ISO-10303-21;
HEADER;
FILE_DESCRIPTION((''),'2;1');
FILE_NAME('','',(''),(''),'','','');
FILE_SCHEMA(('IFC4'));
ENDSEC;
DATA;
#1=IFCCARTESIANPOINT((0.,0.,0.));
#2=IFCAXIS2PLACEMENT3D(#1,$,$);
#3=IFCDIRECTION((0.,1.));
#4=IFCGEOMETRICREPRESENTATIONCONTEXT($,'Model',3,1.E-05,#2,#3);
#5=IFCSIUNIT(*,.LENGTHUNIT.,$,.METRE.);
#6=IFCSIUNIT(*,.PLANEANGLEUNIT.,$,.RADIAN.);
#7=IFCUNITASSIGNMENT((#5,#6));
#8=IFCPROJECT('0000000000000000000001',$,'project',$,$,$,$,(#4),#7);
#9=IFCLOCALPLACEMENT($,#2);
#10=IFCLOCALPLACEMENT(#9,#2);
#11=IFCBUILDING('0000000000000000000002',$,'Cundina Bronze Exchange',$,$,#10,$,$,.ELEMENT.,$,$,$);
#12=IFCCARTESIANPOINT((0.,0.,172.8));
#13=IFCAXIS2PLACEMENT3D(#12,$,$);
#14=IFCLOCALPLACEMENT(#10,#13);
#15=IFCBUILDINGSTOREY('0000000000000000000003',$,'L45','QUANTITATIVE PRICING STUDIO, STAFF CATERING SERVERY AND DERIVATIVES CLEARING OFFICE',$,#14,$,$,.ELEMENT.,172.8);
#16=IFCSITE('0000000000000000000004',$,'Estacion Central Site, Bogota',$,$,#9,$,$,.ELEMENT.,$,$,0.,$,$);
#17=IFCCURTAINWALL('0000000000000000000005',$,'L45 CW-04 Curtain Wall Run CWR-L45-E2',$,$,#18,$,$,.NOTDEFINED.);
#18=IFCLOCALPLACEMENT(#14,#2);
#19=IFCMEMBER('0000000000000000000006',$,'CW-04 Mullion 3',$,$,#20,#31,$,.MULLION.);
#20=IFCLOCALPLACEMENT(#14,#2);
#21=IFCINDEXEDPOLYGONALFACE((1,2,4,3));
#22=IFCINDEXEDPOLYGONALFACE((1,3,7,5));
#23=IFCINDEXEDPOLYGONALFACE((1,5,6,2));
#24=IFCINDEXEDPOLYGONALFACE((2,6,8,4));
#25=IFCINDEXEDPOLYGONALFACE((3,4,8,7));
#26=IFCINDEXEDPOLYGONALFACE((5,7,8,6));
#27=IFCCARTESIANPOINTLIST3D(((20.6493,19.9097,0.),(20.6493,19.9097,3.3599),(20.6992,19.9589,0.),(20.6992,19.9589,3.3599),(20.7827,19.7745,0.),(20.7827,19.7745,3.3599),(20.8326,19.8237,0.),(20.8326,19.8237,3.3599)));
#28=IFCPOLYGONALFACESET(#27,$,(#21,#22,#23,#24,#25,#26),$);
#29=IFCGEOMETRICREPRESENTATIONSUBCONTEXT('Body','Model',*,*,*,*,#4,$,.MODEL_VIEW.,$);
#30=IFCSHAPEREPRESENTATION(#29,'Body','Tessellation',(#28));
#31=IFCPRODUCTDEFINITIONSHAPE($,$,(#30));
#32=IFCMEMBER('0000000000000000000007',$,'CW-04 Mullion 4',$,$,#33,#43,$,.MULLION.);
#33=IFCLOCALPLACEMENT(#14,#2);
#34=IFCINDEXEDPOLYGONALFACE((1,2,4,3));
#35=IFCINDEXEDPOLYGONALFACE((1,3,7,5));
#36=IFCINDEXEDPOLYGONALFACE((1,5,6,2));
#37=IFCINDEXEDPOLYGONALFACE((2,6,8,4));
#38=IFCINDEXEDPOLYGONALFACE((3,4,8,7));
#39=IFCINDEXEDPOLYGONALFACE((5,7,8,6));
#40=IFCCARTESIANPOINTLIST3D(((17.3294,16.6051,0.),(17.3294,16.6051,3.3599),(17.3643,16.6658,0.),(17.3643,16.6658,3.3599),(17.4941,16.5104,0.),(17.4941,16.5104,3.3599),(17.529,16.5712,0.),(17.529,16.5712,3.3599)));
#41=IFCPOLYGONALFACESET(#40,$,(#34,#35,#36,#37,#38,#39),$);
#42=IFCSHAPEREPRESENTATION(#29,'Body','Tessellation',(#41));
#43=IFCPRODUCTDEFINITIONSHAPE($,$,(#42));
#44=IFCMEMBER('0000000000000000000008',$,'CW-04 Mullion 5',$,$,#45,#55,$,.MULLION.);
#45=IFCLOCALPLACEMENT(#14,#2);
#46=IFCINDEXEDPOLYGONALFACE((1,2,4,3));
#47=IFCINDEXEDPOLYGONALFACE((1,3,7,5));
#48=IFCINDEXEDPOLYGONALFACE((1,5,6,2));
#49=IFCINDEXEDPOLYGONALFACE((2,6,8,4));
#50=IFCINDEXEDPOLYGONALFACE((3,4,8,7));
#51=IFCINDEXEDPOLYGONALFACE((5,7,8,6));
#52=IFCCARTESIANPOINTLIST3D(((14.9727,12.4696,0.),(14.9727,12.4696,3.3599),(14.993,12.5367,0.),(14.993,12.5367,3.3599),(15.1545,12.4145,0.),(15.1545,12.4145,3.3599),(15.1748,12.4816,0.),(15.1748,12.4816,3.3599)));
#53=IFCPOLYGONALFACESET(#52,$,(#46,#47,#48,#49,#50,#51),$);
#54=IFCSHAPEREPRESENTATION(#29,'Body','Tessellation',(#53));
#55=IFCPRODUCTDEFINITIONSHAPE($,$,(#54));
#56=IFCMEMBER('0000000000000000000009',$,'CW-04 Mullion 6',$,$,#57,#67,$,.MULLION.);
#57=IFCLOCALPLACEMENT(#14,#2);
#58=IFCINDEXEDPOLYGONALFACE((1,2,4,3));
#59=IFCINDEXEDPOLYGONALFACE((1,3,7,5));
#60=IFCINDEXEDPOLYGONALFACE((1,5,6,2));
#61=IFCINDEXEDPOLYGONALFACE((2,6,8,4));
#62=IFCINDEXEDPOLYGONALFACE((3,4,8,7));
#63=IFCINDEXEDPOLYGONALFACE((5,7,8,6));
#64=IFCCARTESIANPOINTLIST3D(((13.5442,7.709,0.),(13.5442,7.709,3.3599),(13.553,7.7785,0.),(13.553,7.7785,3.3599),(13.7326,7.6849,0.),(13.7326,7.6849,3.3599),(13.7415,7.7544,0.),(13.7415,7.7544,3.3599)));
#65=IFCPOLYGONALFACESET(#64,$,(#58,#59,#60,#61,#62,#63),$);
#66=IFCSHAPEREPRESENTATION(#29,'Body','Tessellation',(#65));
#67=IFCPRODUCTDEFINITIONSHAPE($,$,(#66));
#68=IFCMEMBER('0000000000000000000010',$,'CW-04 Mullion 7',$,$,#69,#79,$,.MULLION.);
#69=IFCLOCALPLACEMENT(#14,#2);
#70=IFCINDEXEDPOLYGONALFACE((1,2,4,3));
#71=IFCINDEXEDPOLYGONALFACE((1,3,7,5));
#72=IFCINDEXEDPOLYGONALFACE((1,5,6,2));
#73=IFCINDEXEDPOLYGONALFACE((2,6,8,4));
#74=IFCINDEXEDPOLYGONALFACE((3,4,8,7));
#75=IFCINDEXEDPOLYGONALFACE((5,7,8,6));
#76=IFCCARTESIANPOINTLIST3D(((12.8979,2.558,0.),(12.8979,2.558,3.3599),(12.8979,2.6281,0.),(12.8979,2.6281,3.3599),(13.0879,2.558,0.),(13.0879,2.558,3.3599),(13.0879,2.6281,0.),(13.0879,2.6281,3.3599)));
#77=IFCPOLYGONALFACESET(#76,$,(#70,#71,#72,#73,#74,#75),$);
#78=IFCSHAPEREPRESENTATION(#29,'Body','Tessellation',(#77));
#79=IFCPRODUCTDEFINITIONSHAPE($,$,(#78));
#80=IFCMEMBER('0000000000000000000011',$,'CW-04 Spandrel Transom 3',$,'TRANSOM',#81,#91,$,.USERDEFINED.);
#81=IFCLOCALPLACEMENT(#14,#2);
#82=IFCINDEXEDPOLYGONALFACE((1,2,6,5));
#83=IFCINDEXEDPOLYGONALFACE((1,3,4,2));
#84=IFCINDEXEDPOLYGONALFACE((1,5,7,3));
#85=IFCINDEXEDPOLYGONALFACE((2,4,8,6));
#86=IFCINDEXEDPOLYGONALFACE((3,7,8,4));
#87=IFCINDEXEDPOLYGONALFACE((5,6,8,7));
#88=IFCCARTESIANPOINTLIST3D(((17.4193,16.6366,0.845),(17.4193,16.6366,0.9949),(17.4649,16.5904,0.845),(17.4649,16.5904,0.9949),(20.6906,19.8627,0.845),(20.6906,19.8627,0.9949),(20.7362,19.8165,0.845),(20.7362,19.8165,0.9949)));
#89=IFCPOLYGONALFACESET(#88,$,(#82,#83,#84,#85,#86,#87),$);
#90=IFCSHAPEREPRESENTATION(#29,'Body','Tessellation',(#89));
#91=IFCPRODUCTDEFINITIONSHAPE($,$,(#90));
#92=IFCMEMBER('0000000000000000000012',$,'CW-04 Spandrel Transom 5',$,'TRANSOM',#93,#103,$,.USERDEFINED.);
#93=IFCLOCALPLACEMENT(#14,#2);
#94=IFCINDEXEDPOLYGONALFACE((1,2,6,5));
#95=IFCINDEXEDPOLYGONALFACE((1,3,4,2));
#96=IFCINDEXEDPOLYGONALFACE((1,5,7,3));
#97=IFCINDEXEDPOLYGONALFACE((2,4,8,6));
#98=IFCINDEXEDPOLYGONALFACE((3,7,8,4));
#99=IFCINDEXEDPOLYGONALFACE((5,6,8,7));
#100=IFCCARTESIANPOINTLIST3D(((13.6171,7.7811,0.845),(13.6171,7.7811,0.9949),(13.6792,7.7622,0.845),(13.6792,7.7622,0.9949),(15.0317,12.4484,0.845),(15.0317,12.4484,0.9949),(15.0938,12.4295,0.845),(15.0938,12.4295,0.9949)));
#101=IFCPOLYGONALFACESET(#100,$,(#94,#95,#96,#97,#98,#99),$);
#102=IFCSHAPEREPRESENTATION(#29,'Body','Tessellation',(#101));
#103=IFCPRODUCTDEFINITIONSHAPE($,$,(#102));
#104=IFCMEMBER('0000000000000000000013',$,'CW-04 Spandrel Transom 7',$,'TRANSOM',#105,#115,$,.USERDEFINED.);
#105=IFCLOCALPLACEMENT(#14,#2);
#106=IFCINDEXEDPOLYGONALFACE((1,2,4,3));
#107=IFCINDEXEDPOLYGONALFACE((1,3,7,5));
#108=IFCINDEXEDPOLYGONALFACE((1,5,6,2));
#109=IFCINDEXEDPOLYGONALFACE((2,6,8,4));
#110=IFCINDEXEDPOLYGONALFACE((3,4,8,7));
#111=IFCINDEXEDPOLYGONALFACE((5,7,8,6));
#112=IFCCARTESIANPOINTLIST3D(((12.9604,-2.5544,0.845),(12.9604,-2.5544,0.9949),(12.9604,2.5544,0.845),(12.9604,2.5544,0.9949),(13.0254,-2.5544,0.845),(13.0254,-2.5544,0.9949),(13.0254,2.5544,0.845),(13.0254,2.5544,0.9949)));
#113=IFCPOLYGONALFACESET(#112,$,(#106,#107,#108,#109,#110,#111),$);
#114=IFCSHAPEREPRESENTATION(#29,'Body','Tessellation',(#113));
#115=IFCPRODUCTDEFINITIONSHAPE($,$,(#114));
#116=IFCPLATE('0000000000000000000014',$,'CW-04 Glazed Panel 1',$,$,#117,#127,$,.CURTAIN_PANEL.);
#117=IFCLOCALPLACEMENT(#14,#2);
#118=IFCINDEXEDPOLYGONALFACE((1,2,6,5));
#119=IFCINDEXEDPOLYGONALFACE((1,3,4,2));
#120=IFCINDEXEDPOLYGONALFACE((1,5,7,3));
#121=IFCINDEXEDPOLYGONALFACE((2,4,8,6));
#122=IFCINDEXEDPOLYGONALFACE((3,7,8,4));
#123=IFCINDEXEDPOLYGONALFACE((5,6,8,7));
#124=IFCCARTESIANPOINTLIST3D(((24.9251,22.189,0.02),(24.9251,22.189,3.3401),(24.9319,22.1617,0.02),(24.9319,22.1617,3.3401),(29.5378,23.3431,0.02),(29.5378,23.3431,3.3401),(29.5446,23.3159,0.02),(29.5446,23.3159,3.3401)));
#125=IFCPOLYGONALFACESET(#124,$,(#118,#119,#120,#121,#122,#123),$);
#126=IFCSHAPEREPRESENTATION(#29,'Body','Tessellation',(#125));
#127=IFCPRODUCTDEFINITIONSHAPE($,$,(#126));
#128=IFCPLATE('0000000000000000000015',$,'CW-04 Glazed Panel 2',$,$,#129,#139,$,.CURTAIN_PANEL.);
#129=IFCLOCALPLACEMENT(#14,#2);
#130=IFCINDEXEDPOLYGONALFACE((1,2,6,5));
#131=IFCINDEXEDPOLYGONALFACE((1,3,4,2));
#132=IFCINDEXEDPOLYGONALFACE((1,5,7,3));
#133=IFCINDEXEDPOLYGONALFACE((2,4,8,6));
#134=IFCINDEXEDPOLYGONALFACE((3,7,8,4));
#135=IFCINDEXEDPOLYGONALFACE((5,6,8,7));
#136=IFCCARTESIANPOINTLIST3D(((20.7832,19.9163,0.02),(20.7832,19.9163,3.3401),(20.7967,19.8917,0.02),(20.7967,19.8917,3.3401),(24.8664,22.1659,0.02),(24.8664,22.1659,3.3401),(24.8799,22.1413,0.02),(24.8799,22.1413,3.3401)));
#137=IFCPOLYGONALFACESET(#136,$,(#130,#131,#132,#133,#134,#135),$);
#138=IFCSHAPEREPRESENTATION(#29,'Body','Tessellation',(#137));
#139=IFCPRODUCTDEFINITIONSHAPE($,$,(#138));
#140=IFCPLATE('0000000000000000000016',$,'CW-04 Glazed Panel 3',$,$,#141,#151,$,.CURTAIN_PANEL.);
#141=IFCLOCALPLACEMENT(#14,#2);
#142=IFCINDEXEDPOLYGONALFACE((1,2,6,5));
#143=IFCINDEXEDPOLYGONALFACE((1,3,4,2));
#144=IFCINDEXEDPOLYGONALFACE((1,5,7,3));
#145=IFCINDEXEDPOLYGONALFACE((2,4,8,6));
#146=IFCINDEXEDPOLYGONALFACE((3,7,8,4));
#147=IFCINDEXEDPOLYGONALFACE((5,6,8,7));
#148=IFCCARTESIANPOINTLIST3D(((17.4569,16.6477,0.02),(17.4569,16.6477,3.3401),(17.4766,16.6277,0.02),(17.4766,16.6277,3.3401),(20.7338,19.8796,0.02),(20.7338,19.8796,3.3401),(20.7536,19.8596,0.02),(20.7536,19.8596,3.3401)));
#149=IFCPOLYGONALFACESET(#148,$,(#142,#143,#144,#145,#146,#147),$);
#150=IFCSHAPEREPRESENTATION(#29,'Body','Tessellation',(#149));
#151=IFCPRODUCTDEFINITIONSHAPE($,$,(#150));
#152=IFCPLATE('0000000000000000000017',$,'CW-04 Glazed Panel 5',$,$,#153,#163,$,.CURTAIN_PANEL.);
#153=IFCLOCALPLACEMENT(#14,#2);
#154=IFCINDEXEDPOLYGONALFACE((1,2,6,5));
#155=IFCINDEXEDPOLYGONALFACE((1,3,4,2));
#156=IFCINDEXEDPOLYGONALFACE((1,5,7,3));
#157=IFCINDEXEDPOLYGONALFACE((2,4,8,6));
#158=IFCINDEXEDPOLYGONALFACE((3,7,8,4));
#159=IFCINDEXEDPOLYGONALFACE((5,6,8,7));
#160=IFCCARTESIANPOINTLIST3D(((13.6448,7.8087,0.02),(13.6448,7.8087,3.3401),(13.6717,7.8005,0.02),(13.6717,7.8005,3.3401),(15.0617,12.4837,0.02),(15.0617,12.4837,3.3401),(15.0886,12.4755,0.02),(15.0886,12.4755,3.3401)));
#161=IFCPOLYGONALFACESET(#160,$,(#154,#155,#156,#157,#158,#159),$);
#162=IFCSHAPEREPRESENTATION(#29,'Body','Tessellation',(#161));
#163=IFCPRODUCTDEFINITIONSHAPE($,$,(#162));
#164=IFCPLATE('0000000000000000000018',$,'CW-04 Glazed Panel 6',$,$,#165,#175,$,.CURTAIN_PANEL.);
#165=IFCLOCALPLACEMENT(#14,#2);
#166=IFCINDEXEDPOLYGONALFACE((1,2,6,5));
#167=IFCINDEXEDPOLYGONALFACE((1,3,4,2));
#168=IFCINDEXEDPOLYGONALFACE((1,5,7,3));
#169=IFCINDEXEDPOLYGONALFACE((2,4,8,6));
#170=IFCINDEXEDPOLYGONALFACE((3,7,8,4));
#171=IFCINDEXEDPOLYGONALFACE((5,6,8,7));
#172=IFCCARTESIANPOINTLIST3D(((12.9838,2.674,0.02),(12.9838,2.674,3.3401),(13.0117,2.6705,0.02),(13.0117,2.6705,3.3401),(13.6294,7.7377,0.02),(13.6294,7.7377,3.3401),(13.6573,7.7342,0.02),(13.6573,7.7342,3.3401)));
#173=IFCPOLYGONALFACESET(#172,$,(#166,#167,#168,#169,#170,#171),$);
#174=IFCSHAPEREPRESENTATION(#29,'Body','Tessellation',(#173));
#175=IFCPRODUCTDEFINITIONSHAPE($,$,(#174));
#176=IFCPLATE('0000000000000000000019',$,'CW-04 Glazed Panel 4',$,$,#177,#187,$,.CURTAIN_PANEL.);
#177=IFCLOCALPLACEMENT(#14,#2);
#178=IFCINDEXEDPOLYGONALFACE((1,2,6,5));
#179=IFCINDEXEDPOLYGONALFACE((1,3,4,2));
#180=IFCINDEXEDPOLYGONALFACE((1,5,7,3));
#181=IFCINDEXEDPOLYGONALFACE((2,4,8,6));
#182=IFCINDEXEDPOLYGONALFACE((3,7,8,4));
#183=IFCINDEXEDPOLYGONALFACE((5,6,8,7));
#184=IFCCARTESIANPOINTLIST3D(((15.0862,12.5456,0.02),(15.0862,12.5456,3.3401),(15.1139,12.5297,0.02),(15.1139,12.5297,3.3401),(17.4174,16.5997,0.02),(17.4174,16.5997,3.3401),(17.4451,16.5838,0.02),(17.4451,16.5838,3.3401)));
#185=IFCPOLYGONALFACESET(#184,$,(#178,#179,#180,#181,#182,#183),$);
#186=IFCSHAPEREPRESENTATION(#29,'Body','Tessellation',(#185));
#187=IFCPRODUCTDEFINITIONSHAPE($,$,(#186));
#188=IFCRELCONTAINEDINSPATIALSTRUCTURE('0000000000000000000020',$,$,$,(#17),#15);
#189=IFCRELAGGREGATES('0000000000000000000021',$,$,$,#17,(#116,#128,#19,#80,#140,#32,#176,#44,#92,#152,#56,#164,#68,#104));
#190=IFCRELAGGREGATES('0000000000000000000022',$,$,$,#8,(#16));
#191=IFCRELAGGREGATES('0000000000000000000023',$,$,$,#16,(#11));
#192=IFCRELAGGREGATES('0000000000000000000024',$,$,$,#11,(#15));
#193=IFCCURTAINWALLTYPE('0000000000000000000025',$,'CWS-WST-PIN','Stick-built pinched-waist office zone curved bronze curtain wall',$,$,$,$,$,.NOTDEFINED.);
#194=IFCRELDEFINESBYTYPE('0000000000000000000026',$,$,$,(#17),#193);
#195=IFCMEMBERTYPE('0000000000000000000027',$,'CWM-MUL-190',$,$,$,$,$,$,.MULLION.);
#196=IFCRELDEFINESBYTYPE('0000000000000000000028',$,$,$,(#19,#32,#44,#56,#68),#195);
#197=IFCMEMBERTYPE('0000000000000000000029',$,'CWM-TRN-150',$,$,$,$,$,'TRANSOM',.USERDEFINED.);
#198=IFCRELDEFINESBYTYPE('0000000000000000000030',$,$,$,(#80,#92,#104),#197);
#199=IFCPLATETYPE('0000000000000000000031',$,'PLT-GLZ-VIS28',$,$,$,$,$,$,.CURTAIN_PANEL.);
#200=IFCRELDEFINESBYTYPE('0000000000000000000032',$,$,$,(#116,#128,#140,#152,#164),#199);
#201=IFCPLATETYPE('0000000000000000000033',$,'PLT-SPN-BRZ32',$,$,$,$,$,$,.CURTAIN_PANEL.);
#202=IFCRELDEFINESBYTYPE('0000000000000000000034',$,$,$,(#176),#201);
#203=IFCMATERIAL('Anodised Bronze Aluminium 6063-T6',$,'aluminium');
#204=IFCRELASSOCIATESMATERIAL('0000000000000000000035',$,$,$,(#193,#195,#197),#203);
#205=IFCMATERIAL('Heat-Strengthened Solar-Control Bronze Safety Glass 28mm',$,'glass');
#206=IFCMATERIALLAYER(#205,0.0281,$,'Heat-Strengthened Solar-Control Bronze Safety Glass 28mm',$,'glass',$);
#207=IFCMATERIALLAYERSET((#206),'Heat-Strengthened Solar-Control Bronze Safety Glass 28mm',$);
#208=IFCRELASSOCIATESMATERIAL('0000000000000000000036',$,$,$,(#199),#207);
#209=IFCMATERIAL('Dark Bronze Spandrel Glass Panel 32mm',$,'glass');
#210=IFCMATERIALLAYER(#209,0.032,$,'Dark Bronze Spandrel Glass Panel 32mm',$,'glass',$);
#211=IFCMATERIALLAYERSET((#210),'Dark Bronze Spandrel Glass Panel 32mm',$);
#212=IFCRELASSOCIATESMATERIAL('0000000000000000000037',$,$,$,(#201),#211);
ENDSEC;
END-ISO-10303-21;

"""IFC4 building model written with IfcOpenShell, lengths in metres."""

from ifc_helpers import new_model, si_unit, direction, frame, origin, origin_2d, place, context, subcontext, project, spatial, rectangle, extrude, material, layer, layer_set, material_profile, profile_set, type_object, element, aggregate, save


model = new_model("IFC4")

# Units and contexts
model_context = context("Model", 3, precision=1e-05, world=origin(), true_north=direction((0.0, 1.0)))
body_context = subcontext(model_context, "Body", "Model", "MODEL_VIEW")
ifc_project = project(units=[si_unit("LENGTHUNIT", "METRE"), si_unit("PLANEANGLEUNIT", "RADIAN")], contexts=[model_context])

# Site, building, storey
site_placement = place(None, origin())
site = spatial("IfcSite", under=ifc_project, at=site_placement, Name="Estacion Central Site, Bogota", CompositionType="ELEMENT", RefElevation=0.0)
building_placement = place(site_placement, origin())
building = spatial("IfcBuilding", under=site, at=building_placement, Name="Cundina Bronze Exchange", CompositionType="ELEMENT")
storey_placement = place(building_placement, frame((0.0, 0.0, 172.8)))
storey = spatial("IfcBuildingStorey", under=building, at=storey_placement, Name="L45", Description="QUANTITATIVE PRICING STUDIO, STAFF CATERING SERVERY AND DERIVATIVES CLEARING OFFICE", CompositionType="ELEMENT", Elevation=172.8)

# Curtain wall, members, plates
ifc_material_1 = material(Name="Anodised Bronze Aluminium 6063-T6", Category="aluminium")
curtain_wall_type = type_object("IfcCurtainWallType", Name="CWS-WST-PIN", Description="Stick-built pinched-waist office zone curved bronze curtain wall", PredefinedType="NOTDEFINED", material=ifc_material_1)
curtain_wall_placement = place(storey_placement, origin())
curtain_wall = element("IfcCurtainWall", 1, at=curtain_wall_placement, inside=storey, type_object=curtain_wall_type, Name="L45 CW-04 Curtain Wall Run CWR-L45-E2", PredefinedType="NOTDEFINED")
ifc_material_profile_1 = material_profile(ifc_material_1, rectangle(XDim=0.0701, YDim=0.1899, at=origin_2d()), Name="AL70X190", Category="aluminium")
ifc_profile_set_1 = profile_set([ifc_material_profile_1], Name="Anodised Bronze Aluminium 6063-T6")
member_type_1 = type_object("IfcMemberType", Name="CWM-MUL-190", PredefinedType="MULLION", material=ifc_profile_set_1)
member_1_placement = place(storey_placement, frame((20.741, 19.8667, 0.0), z_axis=(0.0, 0.0, 1.0), x_axis=(-0.712026, -0.702153, 0.0)))
member_1 = element("IfcMember", 2, at=member_1_placement, type_object=member_type_1, Name="CW-04 Mullion 3", PredefinedType="MULLION", context=body_context, shape_type="SweptSolid", body=[
    extrude(rectangle(XDim=0.0701, YDim=0.1899, at=origin_2d()), origin(), (0.0, 0.0, 1.0), 3.3599),
])
member_2_placement = place(storey_placement, frame((17.4292, 16.5881, 0.0), z_axis=(0.0, 0.0, 1.0), x_axis=(-0.498488, -0.866897, 0.0)))
member_2 = element("IfcMember", 3, at=member_2_placement, type_object=member_type_1, Name="CW-04 Mullion 4", PredefinedType="MULLION", context=body_context, shape_type="SweptSolid", body=[
    extrude(rectangle(XDim=0.0701, YDim=0.1899, at=origin_2d()), origin(), (0.0, 0.0, 1.0), 3.3599),
])
member_3_placement = place(storey_placement, frame((15.0737, 12.4756, 0.0), z_axis=(0.0, 0.0, 1.0), x_axis=(-0.290034, -0.957016, 0.0)))
member_3 = element("IfcMember", 4, at=member_3_placement, type_object=member_type_1, Name="CW-04 Mullion 5", PredefinedType="MULLION", context=body_context, shape_type="SweptSolid", body=[
    extrude(rectangle(XDim=0.0701, YDim=0.1899, at=origin_2d()), origin(), (0.0, 0.0, 1.0), 3.3599),
])
member_4_placement = place(storey_placement, frame((13.6428, 7.7317, 0.0), z_axis=(0.0, 0.0, 1.0), x_axis=(-0.126545, -0.991961, 0.0)))
member_4 = element("IfcMember", 5, at=member_4_placement, type_object=member_type_1, Name="CW-04 Mullion 6", PredefinedType="MULLION", context=body_context, shape_type="SweptSolid", body=[
    extrude(rectangle(XDim=0.0701, YDim=0.1899, at=origin_2d()), origin(), (0.0, 0.0, 1.0), 3.3599),
])
member_5_placement = place(storey_placement, frame((12.9929, 2.593, 0.0), z_axis=(0.0, 0.0, 1.0), x_axis=(0.0, -1.0, 0.0)))
member_5 = element("IfcMember", 6, at=member_5_placement, type_object=member_type_1, Name="CW-04 Mullion 7", PredefinedType="MULLION", context=body_context, shape_type="SweptSolid", body=[
    extrude(rectangle(XDim=0.0701, YDim=0.1899, at=origin_2d()), origin(), (0.0, 0.0, 1.0), 3.3599),
])
ifc_material_profile_2 = material_profile(ifc_material_1, rectangle(XDim=0.0649, YDim=0.1499, at=origin_2d()), Name="AL65X150", Category="aluminium")
ifc_profile_set_2 = profile_set([ifc_material_profile_2], Name="Anodised Bronze Aluminium 6063-T6")
member_type_2 = type_object("IfcMemberType", Name="CWM-TRN-150", ElementType="TRANSOM", PredefinedType="USERDEFINED", material=ifc_profile_set_2)
member_6_placement = place(storey_placement, frame((20.7134, 19.8396, 0.9199), z_axis=(-0.712005, -0.702174, 0.0), x_axis=(0.702174, -0.712005, 0.0)))
member_6 = element("IfcMember", 7, at=member_6_placement, type_object=member_type_2, Name="CW-04 Spandrel Transom 3", ObjectType="TRANSOM", PredefinedType="USERDEFINED", context=body_context, shape_type="SweptSolid", body=[
    extrude(rectangle(XDim=0.0649, YDim=0.1499, at=origin_2d()), origin(), (0.0, 0.0, 1.0), 4.5945),
])
member_7_placement = place(storey_placement, frame((15.0627, 12.439, 0.9199), z_axis=(-0.290052, -0.957011, 0.0), x_axis=(0.957011, -0.290052, 0.0)))
member_7 = element("IfcMember", 8, at=member_7_placement, type_object=member_type_2, Name="CW-04 Spandrel Transom 5", ObjectType="TRANSOM", PredefinedType="USERDEFINED", context=body_context, shape_type="SweptSolid", body=[
    extrude(rectangle(XDim=0.0649, YDim=0.1499, at=origin_2d()), origin(), (0.0, 0.0, 1.0), 4.877),
])
member_8_placement = place(storey_placement, frame((12.9929, 2.5544, 0.9199), z_axis=(0.0, -1.0, 0.0), x_axis=(1.0, 0.0, 0.0)))
member_8 = element("IfcMember", 9, at=member_8_placement, type_object=member_type_2, Name="CW-04 Spandrel Transom 7", ObjectType="TRANSOM", PredefinedType="USERDEFINED", context=body_context, shape_type="SweptSolid", body=[
    extrude(rectangle(XDim=0.0649, YDim=0.1499, at=origin_2d()), origin(), (0.0, 0.0, 1.0), 5.1089),
])
ifc_material_2 = material(Name="Heat-Strengthened Solar-Control Bronze Safety Glass 28mm", Category="glass")
ifc_layer_1 = layer(ifc_material_2, 0.0281, Name="Heat-Strengthened Solar-Control Bronze Safety Glass 28mm", Category="glass")
ifc_layer_set_1 = layer_set([ifc_layer_1], Name="Heat-Strengthened Solar-Control Bronze Safety Glass 28mm")
plate_type_1 = type_object("IfcPlateType", Name="PLT-GLZ-VIS28", PredefinedType="CURTAIN_PANEL", material=ifc_layer_set_1)
plate_1_placement = place(storey_placement, frame((27.2349, 22.7524, 0.02), z_axis=(0.0, 0.0, 1.0), x_axis=(-0.970093, -0.242735, 0.0)))
plate_1 = element("IfcPlate", 10, at=plate_1_placement, type_object=plate_type_1, Name="CW-04 Glazed Panel 1", PredefinedType="CURTAIN_PANEL", context=body_context, shape_type="SweptSolid", body=[
    extrude(rectangle(XDim=4.7549, YDim=0.0281, at=origin_2d()), origin(), (0.0, 0.0, 1.0), 3.3201),
])
plate_2_placement = place(storey_placement, frame((22.8315, 21.0288, 0.02), z_axis=(0.0, 0.0, 1.0), x_axis=(-0.875869, -0.482549, 0.0)))
plate_2 = element("IfcPlate", 11, at=plate_2_placement, type_object=plate_type_1, Name="CW-04 Glazed Panel 2", PredefinedType="CURTAIN_PANEL", context=body_context, shape_type="SweptSolid", body=[
    extrude(rectangle(XDim=4.6619, YDim=0.0281, at=origin_2d()), origin(), (0.0, 0.0, 1.0), 3.3201),
])
plate_3_placement = place(storey_placement, frame((19.1052, 18.2537, 0.02), z_axis=(0.0, 0.0, 1.0), x_axis=(-0.711989, -0.70219, 0.0)))
plate_3 = element("IfcPlate", 12, at=plate_3_placement, type_object=plate_type_1, Name="CW-04 Glazed Panel 3", PredefinedType="CURTAIN_PANEL", context=body_context, shape_type="SweptSolid", body=[
    extrude(rectangle(XDim=4.6025, YDim=0.0281, at=origin_2d()), origin(), (0.0, 0.0, 1.0), 3.3201),
])
plate_4_placement = place(storey_placement, frame((14.3667, 10.1421, 0.02), z_axis=(0.0, 0.0, 1.0), x_axis=(-0.290051, -0.957011, 0.0)))
plate_4 = element("IfcPlate", 13, at=plate_4_placement, type_object=plate_type_1, Name="CW-04 Glazed Panel 5", PredefinedType="CURTAIN_PANEL", context=body_context, shape_type="SweptSolid", body=[
    extrude(rectangle(XDim=4.885, YDim=0.0281, at=origin_2d()), origin(), (0.0, 0.0, 1.0), 3.3201),
])
plate_5_placement = place(storey_placement, frame((13.3206, 5.2041, 0.02), z_axis=(0.0, 0.0, 1.0), x_axis=(-0.126476, -0.99197, 0.0)))
plate_5 = element("IfcPlate", 14, at=plate_5_placement, type_object=plate_type_1, Name="CW-04 Glazed Panel 6", PredefinedType="CURTAIN_PANEL", context=body_context, shape_type="SweptSolid", body=[
    extrude(rectangle(XDim=5.1047, YDim=0.0281, at=origin_2d()), origin(), (0.0, 0.0, 1.0), 3.3201),
])
ifc_material_3 = material(Name="Dark Bronze Spandrel Glass Panel 32mm", Category="glass")
ifc_layer_2 = layer(ifc_material_3, 0.032, Name="Dark Bronze Spandrel Glass Panel 32mm", Category="glass")
ifc_layer_set_2 = layer_set([ifc_layer_2], Name="Dark Bronze Spandrel Glass Panel 32mm")
plate_type_2 = type_object("IfcPlateType", Name="PLT-SPN-BRZ32", PredefinedType="CURTAIN_PANEL", material=ifc_layer_set_2)
plate_6_placement = place(storey_placement, frame((16.2656, 14.5647, 0.02), z_axis=(0.0, 0.0, 1.0), x_axis=(-0.498488, -0.866897, 0.0)))
plate_6 = element("IfcPlate", 15, at=plate_6_placement, type_object=plate_type_2, Name="CW-04 Glazed Panel 4", PredefinedType="CURTAIN_PANEL", context=body_context, shape_type="SweptSolid", body=[
    extrude(rectangle(XDim=4.6765, YDim=0.032, at=origin_2d()), origin(), (0.0, 0.0, 1.0), 3.3201),
])
aggregate(curtain_wall, [plate_1, plate_2, member_1, member_6, plate_3, member_2, plate_6, member_3, member_7, plate_4, member_4, plate_5, member_5, member_8])

save(model, "model.ifc")
